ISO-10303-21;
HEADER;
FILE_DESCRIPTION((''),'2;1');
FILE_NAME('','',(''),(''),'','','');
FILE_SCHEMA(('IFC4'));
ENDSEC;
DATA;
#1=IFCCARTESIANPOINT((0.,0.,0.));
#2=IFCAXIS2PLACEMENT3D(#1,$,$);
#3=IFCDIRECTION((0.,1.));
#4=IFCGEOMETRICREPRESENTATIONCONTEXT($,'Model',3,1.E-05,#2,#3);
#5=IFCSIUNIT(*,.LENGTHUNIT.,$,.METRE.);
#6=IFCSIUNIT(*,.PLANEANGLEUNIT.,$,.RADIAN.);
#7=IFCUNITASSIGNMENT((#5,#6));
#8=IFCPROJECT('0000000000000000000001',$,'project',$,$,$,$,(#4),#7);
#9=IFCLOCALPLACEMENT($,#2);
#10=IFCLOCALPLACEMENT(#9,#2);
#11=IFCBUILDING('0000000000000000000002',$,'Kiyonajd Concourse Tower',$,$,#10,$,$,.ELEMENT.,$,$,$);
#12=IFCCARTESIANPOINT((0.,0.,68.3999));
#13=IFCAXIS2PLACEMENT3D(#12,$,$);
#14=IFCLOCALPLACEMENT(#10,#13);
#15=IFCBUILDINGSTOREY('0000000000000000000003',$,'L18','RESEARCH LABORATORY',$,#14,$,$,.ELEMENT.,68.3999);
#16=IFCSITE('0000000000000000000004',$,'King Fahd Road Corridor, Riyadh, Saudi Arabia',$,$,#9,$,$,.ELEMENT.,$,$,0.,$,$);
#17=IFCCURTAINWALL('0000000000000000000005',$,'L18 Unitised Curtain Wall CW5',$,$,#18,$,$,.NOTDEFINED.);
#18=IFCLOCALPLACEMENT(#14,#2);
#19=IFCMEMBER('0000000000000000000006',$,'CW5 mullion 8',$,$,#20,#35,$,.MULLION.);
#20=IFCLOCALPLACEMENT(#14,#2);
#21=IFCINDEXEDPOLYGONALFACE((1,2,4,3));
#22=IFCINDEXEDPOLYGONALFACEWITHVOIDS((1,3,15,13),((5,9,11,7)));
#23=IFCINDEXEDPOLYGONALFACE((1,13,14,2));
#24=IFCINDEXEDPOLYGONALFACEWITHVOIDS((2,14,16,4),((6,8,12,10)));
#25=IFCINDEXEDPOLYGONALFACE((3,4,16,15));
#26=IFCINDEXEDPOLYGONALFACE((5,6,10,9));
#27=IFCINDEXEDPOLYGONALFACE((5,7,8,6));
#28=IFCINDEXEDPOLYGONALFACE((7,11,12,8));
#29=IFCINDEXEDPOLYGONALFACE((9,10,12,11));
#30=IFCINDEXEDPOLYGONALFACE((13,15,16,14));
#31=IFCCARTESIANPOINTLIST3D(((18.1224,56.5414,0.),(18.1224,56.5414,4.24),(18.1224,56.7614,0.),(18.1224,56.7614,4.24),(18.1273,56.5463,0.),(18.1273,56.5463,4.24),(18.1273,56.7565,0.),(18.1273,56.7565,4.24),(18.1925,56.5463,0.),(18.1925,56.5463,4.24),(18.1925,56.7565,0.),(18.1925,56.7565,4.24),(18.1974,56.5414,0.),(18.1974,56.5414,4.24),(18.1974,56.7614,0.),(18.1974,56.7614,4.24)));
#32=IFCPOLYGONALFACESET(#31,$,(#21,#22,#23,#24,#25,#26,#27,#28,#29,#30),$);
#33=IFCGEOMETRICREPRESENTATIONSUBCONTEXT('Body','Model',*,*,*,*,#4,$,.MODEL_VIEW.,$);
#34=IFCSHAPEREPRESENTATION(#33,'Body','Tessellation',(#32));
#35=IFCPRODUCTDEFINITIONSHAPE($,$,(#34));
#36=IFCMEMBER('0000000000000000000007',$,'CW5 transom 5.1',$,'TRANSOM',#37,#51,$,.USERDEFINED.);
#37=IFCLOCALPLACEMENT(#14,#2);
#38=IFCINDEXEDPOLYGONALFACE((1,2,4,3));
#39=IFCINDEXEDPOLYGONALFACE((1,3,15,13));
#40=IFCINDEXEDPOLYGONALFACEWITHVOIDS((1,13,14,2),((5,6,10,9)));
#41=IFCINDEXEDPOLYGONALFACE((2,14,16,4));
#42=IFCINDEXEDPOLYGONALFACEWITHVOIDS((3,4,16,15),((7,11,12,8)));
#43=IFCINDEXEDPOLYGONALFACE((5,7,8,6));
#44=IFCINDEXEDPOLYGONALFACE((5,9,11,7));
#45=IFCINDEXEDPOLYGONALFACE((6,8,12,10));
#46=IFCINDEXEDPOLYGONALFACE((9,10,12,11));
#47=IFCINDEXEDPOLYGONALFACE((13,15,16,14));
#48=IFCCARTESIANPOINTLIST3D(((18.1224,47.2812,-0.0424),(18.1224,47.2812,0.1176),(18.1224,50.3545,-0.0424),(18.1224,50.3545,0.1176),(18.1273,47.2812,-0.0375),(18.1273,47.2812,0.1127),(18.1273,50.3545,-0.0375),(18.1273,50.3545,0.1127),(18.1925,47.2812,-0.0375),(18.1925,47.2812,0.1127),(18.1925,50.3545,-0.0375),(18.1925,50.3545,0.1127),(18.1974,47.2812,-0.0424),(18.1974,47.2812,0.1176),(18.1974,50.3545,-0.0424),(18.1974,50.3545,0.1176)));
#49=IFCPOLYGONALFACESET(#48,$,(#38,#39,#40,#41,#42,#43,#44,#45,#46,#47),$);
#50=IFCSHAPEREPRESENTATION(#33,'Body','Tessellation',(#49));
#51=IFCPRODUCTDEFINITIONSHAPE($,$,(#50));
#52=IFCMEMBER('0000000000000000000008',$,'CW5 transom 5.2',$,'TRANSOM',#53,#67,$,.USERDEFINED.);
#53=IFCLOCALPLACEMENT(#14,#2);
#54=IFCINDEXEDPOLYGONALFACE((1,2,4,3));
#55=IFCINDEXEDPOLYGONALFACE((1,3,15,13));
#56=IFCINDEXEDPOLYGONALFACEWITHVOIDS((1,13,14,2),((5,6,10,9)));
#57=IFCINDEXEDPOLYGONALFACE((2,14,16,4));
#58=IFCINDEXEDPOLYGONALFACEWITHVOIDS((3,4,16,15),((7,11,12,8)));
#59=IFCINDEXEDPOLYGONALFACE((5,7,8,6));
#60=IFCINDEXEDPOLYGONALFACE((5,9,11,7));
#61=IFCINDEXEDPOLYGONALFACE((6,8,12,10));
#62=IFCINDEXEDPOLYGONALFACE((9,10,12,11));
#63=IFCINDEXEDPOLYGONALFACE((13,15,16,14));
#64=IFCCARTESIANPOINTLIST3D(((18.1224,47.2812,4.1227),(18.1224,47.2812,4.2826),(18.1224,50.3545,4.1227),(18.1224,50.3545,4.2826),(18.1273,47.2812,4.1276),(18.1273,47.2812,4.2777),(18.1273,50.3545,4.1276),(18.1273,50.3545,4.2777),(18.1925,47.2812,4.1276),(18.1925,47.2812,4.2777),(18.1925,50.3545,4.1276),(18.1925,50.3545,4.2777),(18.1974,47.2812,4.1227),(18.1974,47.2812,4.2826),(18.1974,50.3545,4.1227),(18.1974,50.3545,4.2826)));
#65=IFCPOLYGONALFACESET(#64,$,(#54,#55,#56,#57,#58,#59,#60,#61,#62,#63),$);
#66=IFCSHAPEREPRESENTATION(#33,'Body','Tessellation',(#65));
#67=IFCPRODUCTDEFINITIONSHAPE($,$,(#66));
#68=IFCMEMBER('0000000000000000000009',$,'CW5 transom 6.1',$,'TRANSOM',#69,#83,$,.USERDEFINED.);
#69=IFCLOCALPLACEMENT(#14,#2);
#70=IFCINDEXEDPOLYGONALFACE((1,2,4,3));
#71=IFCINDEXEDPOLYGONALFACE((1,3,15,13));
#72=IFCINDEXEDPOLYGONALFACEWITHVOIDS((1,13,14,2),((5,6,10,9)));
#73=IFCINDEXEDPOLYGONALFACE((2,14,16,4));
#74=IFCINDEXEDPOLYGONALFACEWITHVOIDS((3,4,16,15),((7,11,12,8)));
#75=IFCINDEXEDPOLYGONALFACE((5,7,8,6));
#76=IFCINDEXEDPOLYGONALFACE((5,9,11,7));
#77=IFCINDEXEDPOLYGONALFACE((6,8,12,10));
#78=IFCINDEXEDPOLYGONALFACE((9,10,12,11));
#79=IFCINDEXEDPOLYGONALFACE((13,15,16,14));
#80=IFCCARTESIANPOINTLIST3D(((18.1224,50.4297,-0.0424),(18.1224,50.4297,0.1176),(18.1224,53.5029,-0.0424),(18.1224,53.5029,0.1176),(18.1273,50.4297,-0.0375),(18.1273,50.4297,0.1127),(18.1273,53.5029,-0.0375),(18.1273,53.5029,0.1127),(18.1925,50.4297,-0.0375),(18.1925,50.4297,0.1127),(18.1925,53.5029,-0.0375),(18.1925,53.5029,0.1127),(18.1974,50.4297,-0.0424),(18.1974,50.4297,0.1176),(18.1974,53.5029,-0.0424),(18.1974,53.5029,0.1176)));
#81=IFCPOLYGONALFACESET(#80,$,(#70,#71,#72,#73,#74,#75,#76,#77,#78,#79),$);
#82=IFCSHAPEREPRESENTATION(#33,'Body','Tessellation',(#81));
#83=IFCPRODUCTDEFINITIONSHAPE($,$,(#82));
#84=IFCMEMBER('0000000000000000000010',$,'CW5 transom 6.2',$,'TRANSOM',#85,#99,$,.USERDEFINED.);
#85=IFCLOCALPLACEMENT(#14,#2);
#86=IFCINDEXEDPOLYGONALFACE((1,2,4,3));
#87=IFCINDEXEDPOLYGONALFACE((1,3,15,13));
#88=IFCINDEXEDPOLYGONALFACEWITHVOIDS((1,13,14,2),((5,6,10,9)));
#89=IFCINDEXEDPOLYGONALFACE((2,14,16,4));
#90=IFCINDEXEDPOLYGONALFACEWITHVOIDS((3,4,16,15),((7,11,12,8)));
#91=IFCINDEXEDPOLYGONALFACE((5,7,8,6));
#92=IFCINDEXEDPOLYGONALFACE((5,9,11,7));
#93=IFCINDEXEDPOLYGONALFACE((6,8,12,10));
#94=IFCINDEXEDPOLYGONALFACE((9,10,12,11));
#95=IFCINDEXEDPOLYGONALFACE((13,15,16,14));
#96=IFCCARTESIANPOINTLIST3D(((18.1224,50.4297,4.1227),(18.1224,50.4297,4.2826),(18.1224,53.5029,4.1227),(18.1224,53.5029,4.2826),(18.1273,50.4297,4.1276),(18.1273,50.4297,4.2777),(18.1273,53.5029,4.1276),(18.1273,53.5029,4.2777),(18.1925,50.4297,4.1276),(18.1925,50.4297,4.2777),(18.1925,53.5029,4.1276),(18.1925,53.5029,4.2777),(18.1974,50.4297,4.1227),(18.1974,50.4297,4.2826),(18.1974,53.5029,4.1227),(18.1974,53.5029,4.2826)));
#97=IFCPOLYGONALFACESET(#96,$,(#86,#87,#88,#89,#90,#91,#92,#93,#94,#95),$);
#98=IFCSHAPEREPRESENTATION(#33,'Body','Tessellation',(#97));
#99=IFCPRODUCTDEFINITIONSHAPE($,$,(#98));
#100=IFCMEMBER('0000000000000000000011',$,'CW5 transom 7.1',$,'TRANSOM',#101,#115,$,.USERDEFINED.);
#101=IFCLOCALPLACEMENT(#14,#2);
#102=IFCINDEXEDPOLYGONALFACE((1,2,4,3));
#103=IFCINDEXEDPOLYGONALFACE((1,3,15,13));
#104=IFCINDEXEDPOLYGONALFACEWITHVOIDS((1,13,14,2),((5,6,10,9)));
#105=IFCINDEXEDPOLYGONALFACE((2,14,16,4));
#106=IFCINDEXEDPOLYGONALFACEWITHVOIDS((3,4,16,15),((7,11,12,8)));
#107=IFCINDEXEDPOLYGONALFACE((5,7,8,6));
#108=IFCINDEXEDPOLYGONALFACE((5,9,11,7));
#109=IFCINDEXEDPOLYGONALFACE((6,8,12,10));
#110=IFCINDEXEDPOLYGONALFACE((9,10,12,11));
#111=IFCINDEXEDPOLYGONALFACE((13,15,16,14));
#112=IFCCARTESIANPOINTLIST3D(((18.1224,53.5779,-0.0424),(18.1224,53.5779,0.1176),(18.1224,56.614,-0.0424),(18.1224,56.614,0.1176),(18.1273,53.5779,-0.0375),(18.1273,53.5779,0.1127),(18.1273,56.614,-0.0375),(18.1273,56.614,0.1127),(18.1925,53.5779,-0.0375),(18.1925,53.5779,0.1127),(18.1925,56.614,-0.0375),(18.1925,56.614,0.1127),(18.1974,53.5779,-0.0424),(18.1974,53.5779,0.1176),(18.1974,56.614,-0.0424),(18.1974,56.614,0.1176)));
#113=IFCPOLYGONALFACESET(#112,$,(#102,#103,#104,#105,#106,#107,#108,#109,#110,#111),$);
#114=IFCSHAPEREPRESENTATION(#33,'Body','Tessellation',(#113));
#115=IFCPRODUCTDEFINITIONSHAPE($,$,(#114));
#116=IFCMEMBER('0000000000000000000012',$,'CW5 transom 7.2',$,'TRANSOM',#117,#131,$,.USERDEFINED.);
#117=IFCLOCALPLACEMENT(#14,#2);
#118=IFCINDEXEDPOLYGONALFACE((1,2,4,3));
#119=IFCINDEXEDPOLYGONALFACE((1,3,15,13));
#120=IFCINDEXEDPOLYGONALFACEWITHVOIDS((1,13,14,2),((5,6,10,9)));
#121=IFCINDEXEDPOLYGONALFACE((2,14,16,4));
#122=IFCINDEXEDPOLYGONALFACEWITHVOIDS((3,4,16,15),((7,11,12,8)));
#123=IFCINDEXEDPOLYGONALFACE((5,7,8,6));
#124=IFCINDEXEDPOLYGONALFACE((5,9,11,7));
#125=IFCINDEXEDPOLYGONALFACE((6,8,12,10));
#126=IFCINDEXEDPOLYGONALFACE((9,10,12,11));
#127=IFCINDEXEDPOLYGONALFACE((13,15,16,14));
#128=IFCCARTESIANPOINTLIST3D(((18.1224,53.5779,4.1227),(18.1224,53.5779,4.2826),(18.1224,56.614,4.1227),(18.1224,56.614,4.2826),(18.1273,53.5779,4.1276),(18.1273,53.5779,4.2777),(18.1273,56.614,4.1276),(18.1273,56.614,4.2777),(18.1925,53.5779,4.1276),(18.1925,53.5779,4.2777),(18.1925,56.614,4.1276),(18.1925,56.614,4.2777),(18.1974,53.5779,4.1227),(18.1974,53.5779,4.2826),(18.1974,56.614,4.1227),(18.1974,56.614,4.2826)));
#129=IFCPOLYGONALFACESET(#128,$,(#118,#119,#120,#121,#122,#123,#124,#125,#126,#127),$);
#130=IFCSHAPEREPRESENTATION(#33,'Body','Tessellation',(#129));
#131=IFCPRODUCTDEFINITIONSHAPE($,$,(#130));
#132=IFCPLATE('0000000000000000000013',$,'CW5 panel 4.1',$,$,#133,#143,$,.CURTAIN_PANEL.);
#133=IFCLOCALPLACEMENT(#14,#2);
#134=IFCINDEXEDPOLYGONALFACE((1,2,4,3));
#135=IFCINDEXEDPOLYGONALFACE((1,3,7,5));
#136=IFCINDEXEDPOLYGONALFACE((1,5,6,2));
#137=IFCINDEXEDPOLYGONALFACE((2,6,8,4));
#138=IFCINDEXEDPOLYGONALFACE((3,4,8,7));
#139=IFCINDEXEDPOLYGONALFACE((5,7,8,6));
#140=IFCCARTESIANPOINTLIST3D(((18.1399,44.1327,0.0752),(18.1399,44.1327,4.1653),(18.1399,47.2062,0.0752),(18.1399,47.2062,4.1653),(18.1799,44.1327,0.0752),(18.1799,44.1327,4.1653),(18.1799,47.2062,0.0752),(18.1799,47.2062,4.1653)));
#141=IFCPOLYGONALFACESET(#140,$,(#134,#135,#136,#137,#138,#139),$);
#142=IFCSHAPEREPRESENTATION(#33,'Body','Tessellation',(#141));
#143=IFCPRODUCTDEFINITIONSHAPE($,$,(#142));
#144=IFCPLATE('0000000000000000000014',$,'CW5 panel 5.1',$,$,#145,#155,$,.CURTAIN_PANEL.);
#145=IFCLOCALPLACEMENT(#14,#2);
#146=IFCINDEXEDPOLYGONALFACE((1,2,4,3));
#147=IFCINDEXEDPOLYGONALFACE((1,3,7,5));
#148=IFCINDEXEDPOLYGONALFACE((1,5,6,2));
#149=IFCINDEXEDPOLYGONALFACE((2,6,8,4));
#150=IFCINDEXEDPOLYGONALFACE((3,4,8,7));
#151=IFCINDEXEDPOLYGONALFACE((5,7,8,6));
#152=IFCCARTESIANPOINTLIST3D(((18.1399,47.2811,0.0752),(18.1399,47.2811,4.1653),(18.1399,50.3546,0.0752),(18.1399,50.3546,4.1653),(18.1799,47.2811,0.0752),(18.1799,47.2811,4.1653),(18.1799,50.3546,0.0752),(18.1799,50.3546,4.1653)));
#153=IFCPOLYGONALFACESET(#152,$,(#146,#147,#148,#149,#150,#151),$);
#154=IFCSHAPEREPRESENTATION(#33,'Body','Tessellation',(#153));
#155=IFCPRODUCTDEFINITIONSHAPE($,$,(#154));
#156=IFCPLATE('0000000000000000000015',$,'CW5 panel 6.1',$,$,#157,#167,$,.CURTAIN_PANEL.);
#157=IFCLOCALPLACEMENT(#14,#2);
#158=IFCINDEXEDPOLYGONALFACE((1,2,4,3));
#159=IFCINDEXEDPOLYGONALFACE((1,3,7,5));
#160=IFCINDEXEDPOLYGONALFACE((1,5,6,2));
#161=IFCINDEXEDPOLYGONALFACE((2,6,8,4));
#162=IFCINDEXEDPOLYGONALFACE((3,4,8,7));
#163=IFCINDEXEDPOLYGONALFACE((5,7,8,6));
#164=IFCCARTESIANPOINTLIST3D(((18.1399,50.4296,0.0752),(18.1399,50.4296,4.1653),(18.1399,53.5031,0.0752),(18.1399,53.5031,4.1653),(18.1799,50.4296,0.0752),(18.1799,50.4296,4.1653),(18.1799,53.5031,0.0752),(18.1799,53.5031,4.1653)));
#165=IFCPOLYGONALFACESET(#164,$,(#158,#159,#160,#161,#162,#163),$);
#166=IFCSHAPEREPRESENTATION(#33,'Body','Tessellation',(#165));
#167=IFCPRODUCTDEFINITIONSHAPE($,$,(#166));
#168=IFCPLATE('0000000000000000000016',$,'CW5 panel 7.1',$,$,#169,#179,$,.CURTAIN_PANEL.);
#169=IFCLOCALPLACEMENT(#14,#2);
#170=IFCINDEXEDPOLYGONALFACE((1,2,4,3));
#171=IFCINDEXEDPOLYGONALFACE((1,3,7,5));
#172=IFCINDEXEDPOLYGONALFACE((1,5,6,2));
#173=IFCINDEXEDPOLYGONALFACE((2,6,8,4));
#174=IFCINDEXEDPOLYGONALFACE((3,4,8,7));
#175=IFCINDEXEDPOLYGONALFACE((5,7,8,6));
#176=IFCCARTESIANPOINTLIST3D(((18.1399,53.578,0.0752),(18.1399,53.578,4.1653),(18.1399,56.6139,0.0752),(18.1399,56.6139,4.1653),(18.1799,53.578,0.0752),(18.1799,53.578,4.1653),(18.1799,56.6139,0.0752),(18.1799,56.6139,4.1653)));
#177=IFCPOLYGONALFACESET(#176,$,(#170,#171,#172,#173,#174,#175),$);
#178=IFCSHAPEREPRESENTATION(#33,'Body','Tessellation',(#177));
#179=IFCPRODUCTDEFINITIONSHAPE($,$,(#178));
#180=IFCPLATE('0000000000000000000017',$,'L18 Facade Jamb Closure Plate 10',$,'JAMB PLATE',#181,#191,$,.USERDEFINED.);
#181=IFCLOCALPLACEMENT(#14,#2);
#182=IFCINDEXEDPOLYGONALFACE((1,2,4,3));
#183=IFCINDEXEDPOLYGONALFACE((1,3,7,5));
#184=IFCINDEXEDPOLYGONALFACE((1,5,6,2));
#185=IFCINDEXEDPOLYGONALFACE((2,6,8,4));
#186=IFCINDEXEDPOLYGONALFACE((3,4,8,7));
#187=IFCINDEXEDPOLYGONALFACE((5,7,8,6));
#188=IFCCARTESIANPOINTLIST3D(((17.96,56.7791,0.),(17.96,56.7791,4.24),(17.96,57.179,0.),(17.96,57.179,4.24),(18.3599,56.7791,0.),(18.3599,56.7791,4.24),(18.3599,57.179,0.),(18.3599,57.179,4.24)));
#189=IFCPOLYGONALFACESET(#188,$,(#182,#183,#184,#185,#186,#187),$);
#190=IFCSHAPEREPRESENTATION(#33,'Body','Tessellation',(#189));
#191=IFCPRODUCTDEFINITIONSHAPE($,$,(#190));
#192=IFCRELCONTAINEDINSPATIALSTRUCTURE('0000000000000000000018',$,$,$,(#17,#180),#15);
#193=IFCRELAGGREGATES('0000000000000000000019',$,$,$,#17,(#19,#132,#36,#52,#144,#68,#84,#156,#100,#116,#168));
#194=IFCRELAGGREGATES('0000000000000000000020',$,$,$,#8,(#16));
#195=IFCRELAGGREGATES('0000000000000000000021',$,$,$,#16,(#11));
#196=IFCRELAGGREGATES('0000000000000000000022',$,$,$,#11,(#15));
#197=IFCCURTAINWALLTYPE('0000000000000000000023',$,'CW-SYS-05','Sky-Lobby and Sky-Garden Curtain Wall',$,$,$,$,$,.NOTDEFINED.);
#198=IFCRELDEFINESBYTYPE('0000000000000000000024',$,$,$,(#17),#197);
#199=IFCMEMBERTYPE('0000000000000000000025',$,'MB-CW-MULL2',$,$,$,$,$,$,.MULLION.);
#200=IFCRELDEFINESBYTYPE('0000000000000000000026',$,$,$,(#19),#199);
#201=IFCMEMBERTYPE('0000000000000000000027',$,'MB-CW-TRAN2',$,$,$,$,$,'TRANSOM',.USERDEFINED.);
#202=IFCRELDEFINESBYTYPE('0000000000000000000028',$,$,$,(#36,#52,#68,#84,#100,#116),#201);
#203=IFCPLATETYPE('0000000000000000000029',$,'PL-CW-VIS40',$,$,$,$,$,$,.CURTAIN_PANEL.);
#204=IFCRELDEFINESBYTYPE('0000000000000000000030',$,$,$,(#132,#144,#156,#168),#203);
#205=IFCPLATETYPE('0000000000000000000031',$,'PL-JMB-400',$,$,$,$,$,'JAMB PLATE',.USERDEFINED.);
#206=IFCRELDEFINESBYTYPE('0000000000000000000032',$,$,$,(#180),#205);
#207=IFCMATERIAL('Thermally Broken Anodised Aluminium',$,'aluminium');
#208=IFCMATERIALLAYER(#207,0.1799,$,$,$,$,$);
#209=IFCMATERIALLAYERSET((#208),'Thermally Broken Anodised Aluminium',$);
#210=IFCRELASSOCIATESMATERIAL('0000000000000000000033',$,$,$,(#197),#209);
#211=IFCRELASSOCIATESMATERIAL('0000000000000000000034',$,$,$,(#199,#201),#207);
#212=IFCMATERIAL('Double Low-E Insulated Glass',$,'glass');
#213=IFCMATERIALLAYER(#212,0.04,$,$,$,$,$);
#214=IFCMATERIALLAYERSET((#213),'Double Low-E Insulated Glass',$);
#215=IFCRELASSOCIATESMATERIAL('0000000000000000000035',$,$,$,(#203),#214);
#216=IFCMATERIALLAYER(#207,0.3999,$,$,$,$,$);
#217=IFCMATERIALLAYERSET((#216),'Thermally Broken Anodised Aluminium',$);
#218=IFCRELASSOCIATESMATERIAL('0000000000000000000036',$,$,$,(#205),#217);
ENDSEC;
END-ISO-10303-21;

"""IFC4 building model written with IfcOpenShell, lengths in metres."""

from ifc_helpers import new_model, si_unit, direction, frame, origin, origin_2d, place, context, subcontext, project, spatial, rectangle, hollow_rectangle, extrude, material, layer, layer_set, material_profile, profile_set, type_object, element, aggregate, save


model = new_model("IFC4")

# Units and contexts
model_context = context("Model", 3, precision=1e-05, world=origin(), true_north=direction((0.0, 1.0)))
body_context = subcontext(model_context, "Body", "Model", "MODEL_VIEW")
ifc_project = project(units=[si_unit("LENGTHUNIT", "METRE"), si_unit("PLANEANGLEUNIT", "RADIAN")], contexts=[model_context])

# Site, building, storey
site_placement = place(None, origin())
site = spatial("IfcSite", under=ifc_project, at=site_placement, Name="King Fahd Road Corridor, Riyadh, Saudi Arabia", CompositionType="ELEMENT", RefElevation=0.0)
building_placement = place(site_placement, origin())
building = spatial("IfcBuilding", under=site, at=building_placement, Name="Kiyonajd Concourse Tower", CompositionType="ELEMENT")
storey_placement = place(building_placement, frame((0.0, 0.0, 68.3999)))
storey = spatial("IfcBuildingStorey", under=building, at=storey_placement, Name="L18", Description="RESEARCH LABORATORY", CompositionType="ELEMENT", Elevation=68.3999)

# Curtain wall, members, plates
ifc_material_1 = material(Name="Thermally Broken Anodised Aluminium", Category="aluminium")
ifc_layer_1 = layer(ifc_material_1, 0.1799)
ifc_layer_set_1 = layer_set([ifc_layer_1], Name="Thermally Broken Anodised Aluminium")
curtain_wall_type = type_object("IfcCurtainWallType", Name="CW-SYS-05", Description="Sky-Lobby and Sky-Garden Curtain Wall", PredefinedType="NOTDEFINED", material=ifc_layer_set_1)
curtain_wall_placement = place(storey_placement, origin())
curtain_wall = element("IfcCurtainWall", 1, at=curtain_wall_placement, inside=storey, type_object=curtain_wall_type, Name="L18 Unitised Curtain Wall CW5", PredefinedType="NOTDEFINED")
ifc_material_profile_1 = material_profile(ifc_material_1, hollow_rectangle(XDim=0.075, YDim=0.22, WallThickness=0.0049, at=origin_2d()), Name="MULL-75x220")
ifc_profile_set_1 = profile_set([ifc_material_profile_1], Name="Thermally Broken Anodised Aluminium")
member_type_1 = type_object("IfcMemberType", Name="MB-CW-MULL2", PredefinedType="MULLION", material=ifc_profile_set_1)
member_1_placement = place(storey_placement, frame((18.1599, 56.6514, 0.0), z_axis=(0.0, 0.0, 1.0), x_axis=(-1.0, 0.0, 0.0)))
member_1 = element("IfcMember", 2, at=member_1_placement, type_object=member_type_1, Name="CW5 mullion 8", PredefinedType="MULLION", context=body_context, shape_type="SweptSolid", body=[
    extrude(hollow_rectangle(XDim=0.075, YDim=0.22, WallThickness=0.0049, at=origin_2d()), origin(), (0.0, 0.0, 1.0), 4.24),
])
ifc_material_profile_2 = material_profile(ifc_material_1, hollow_rectangle(XDim=0.075, YDim=0.1599, WallThickness=0.0049, at=origin_2d()), Name="TRAN-75x160")
ifc_profile_set_2 = profile_set([ifc_material_profile_2], Name="Thermally Broken Anodised Aluminium")
member_type_2 = type_object("IfcMemberType", Name="MB-CW-TRAN2", ElementType="TRANSOM", PredefinedType="USERDEFINED", material=ifc_profile_set_2)
member_2_placement = place(storey_placement, frame((18.1599, 47.2812, 0.0376), z_axis=(0.0, 1.0, 0.0), x_axis=(-1.0, 0.0, 0.0)))
member_2 = element("IfcMember", 3, at=member_2_placement, type_object=member_type_2, Name="CW5 transom 5.1", ObjectType="TRANSOM", PredefinedType="USERDEFINED", context=body_context, shape_type="SweptSolid", body=[
    extrude(hollow_rectangle(XDim=0.075, YDim=0.1599, WallThickness=0.0049, at=origin_2d()), origin(), (0.0, 0.0, 1.0), 3.0732),
])
member_3_placement = place(storey_placement, frame((18.1599, 47.2812, 4.2026), z_axis=(0.0, 1.0, 0.0), x_axis=(-1.0, 0.0, 0.0)))
member_3 = element("IfcMember", 4, at=member_3_placement, type_object=member_type_2, Name="CW5 transom 5.2", ObjectType="TRANSOM", PredefinedType="USERDEFINED", context=body_context, shape_type="SweptSolid", body=[
    extrude(hollow_rectangle(XDim=0.075, YDim=0.1599, WallThickness=0.0049, at=origin_2d()), origin(), (0.0, 0.0, 1.0), 3.0732),
])
member_4_placement = place(storey_placement, frame((18.1599, 50.4297, 0.0376), z_axis=(0.0, 1.0, 0.0), x_axis=(-1.0, 0.0, 0.0)))
member_4 = element("IfcMember", 5, at=member_4_placement, type_object=member_type_2, Name="CW5 transom 6.1", ObjectType="TRANSOM", PredefinedType="USERDEFINED", context=body_context, shape_type="SweptSolid", body=[
    extrude(hollow_rectangle(XDim=0.075, YDim=0.1599, WallThickness=0.0049, at=origin_2d()), origin(), (0.0, 0.0, 1.0), 3.0732),
])
member_5_placement = place(storey_placement, frame((18.1599, 50.4297, 4.2026), z_axis=(0.0, 1.0, 0.0), x_axis=(-1.0, 0.0, 0.0)))
member_5 = element("IfcMember", 6, at=member_5_placement, type_object=member_type_2, Name="CW5 transom 6.2", ObjectType="TRANSOM", PredefinedType="USERDEFINED", context=body_context, shape_type="SweptSolid", body=[
    extrude(hollow_rectangle(XDim=0.075, YDim=0.1599, WallThickness=0.0049, at=origin_2d()), origin(), (0.0, 0.0, 1.0), 3.0732),
])
member_6_placement = place(storey_placement, frame((18.1599, 53.5779, 0.0376), z_axis=(0.0, 1.0, 0.0), x_axis=(-1.0, 0.0, 0.0)))
member_6 = element("IfcMember", 7, at=member_6_placement, type_object=member_type_2, Name="CW5 transom 7.1", ObjectType="TRANSOM", PredefinedType="USERDEFINED", context=body_context, shape_type="SweptSolid", body=[
    extrude(hollow_rectangle(XDim=0.075, YDim=0.1599, WallThickness=0.0049, at=origin_2d()), origin(), (0.0, 0.0, 1.0), 3.0361),
])
member_7_placement = place(storey_placement, frame((18.1599, 53.5779, 4.2026), z_axis=(0.0, 1.0, 0.0), x_axis=(-1.0, 0.0, 0.0)))
member_7 = element("IfcMember", 8, at=member_7_placement, type_object=member_type_2, Name="CW5 transom 7.2", ObjectType="TRANSOM", PredefinedType="USERDEFINED", context=body_context, shape_type="SweptSolid", body=[
    extrude(hollow_rectangle(XDim=0.075, YDim=0.1599, WallThickness=0.0049, at=origin_2d()), origin(), (0.0, 0.0, 1.0), 3.0361),
])
ifc_material_2 = material(Name="Double Low-E Insulated Glass", Category="glass")
ifc_layer_2 = layer(ifc_material_2, 0.04)
ifc_layer_set_2 = layer_set([ifc_layer_2], Name="Double Low-E Insulated Glass")
plate_type_1 = type_object("IfcPlateType", Name="PL-CW-VIS40", PredefinedType="CURTAIN_PANEL", material=ifc_layer_set_2)
plate_1_placement = place(storey_placement, frame((18.1599, 45.6694, 0.0752), z_axis=(0.0, 0.0, 1.0), x_axis=(0.0, 1.0, 0.0)))
plate_1 = element("IfcPlate", 9, at=plate_1_placement, type_object=plate_type_1, Name="CW5 panel 4.1", PredefinedType="CURTAIN_PANEL", context=body_context, shape_type="SweptSolid", body=[
    extrude(rectangle(XDim=3.0735, YDim=0.04, at=origin_2d()), origin(), (0.0, 0.0, 1.0), 4.0901),
])
plate_2_placement = place(storey_placement, frame((18.1599, 48.8179, 0.0752), z_axis=(0.0, 0.0, 1.0), x_axis=(0.0, 1.0, 0.0)))
plate_2 = element("IfcPlate", 10, at=plate_2_placement, type_object=plate_type_1, Name="CW5 panel 5.1", PredefinedType="CURTAIN_PANEL", context=body_context, shape_type="SweptSolid", body=[
    extrude(rectangle(XDim=3.0735, YDim=0.04, at=origin_2d()), origin(), (0.0, 0.0, 1.0), 4.0901),
])
plate_3_placement = place(storey_placement, frame((18.1599, 51.9663, 0.0752), z_axis=(0.0, 0.0, 1.0), x_axis=(0.0, 1.0, 0.0)))
plate_3 = element("IfcPlate", 11, at=plate_3_placement, type_object=plate_type_1, Name="CW5 panel 6.1", PredefinedType="CURTAIN_PANEL", context=body_context, shape_type="SweptSolid", body=[
    extrude(rectangle(XDim=3.0735, YDim=0.04, at=origin_2d()), origin(), (0.0, 0.0, 1.0), 4.0901),
])
plate_4_placement = place(storey_placement, frame((18.1599, 55.0959, 0.0752), z_axis=(0.0, 0.0, 1.0), x_axis=(0.0, 1.0, 0.0)))
plate_4 = element("IfcPlate", 12, at=plate_4_placement, type_object=plate_type_1, Name="CW5 panel 7.1", PredefinedType="CURTAIN_PANEL", context=body_context, shape_type="SweptSolid", body=[
    extrude(rectangle(XDim=3.0359, YDim=0.04, at=origin_2d()), origin(), (0.0, 0.0, 1.0), 4.0901),
])
aggregate(curtain_wall, [member_1, plate_1, member_2, member_3, plate_2, member_4, member_5, plate_3, member_6, member_7, plate_4])

# Plate
ifc_layer_3 = layer(ifc_material_1, 0.3999)
ifc_layer_set_3 = layer_set([ifc_layer_3], Name="Thermally Broken Anodised Aluminium")
plate_type_2 = type_object("IfcPlateType", Name="PL-JMB-400", ElementType="JAMB PLATE", PredefinedType="USERDEFINED", material=ifc_layer_set_3)
plate_5_placement = place(storey_placement, frame((18.1599, 56.979, 0.0), z_axis=(0.0, 0.0, 1.0), x_axis=(1.0, 0.0, 0.0)))
element("IfcPlate", 13, at=plate_5_placement, inside=storey, type_object=plate_type_2, Name="L18 Facade Jamb Closure Plate 10", ObjectType="JAMB PLATE", PredefinedType="USERDEFINED", context=body_context, shape_type="SweptSolid", body=[
    extrude(rectangle(XDim=0.3999, YDim=0.3999, at=origin_2d()), origin(), (0.0, 0.0, 1.0), 4.24),
])

save(model, "model.ifc")
